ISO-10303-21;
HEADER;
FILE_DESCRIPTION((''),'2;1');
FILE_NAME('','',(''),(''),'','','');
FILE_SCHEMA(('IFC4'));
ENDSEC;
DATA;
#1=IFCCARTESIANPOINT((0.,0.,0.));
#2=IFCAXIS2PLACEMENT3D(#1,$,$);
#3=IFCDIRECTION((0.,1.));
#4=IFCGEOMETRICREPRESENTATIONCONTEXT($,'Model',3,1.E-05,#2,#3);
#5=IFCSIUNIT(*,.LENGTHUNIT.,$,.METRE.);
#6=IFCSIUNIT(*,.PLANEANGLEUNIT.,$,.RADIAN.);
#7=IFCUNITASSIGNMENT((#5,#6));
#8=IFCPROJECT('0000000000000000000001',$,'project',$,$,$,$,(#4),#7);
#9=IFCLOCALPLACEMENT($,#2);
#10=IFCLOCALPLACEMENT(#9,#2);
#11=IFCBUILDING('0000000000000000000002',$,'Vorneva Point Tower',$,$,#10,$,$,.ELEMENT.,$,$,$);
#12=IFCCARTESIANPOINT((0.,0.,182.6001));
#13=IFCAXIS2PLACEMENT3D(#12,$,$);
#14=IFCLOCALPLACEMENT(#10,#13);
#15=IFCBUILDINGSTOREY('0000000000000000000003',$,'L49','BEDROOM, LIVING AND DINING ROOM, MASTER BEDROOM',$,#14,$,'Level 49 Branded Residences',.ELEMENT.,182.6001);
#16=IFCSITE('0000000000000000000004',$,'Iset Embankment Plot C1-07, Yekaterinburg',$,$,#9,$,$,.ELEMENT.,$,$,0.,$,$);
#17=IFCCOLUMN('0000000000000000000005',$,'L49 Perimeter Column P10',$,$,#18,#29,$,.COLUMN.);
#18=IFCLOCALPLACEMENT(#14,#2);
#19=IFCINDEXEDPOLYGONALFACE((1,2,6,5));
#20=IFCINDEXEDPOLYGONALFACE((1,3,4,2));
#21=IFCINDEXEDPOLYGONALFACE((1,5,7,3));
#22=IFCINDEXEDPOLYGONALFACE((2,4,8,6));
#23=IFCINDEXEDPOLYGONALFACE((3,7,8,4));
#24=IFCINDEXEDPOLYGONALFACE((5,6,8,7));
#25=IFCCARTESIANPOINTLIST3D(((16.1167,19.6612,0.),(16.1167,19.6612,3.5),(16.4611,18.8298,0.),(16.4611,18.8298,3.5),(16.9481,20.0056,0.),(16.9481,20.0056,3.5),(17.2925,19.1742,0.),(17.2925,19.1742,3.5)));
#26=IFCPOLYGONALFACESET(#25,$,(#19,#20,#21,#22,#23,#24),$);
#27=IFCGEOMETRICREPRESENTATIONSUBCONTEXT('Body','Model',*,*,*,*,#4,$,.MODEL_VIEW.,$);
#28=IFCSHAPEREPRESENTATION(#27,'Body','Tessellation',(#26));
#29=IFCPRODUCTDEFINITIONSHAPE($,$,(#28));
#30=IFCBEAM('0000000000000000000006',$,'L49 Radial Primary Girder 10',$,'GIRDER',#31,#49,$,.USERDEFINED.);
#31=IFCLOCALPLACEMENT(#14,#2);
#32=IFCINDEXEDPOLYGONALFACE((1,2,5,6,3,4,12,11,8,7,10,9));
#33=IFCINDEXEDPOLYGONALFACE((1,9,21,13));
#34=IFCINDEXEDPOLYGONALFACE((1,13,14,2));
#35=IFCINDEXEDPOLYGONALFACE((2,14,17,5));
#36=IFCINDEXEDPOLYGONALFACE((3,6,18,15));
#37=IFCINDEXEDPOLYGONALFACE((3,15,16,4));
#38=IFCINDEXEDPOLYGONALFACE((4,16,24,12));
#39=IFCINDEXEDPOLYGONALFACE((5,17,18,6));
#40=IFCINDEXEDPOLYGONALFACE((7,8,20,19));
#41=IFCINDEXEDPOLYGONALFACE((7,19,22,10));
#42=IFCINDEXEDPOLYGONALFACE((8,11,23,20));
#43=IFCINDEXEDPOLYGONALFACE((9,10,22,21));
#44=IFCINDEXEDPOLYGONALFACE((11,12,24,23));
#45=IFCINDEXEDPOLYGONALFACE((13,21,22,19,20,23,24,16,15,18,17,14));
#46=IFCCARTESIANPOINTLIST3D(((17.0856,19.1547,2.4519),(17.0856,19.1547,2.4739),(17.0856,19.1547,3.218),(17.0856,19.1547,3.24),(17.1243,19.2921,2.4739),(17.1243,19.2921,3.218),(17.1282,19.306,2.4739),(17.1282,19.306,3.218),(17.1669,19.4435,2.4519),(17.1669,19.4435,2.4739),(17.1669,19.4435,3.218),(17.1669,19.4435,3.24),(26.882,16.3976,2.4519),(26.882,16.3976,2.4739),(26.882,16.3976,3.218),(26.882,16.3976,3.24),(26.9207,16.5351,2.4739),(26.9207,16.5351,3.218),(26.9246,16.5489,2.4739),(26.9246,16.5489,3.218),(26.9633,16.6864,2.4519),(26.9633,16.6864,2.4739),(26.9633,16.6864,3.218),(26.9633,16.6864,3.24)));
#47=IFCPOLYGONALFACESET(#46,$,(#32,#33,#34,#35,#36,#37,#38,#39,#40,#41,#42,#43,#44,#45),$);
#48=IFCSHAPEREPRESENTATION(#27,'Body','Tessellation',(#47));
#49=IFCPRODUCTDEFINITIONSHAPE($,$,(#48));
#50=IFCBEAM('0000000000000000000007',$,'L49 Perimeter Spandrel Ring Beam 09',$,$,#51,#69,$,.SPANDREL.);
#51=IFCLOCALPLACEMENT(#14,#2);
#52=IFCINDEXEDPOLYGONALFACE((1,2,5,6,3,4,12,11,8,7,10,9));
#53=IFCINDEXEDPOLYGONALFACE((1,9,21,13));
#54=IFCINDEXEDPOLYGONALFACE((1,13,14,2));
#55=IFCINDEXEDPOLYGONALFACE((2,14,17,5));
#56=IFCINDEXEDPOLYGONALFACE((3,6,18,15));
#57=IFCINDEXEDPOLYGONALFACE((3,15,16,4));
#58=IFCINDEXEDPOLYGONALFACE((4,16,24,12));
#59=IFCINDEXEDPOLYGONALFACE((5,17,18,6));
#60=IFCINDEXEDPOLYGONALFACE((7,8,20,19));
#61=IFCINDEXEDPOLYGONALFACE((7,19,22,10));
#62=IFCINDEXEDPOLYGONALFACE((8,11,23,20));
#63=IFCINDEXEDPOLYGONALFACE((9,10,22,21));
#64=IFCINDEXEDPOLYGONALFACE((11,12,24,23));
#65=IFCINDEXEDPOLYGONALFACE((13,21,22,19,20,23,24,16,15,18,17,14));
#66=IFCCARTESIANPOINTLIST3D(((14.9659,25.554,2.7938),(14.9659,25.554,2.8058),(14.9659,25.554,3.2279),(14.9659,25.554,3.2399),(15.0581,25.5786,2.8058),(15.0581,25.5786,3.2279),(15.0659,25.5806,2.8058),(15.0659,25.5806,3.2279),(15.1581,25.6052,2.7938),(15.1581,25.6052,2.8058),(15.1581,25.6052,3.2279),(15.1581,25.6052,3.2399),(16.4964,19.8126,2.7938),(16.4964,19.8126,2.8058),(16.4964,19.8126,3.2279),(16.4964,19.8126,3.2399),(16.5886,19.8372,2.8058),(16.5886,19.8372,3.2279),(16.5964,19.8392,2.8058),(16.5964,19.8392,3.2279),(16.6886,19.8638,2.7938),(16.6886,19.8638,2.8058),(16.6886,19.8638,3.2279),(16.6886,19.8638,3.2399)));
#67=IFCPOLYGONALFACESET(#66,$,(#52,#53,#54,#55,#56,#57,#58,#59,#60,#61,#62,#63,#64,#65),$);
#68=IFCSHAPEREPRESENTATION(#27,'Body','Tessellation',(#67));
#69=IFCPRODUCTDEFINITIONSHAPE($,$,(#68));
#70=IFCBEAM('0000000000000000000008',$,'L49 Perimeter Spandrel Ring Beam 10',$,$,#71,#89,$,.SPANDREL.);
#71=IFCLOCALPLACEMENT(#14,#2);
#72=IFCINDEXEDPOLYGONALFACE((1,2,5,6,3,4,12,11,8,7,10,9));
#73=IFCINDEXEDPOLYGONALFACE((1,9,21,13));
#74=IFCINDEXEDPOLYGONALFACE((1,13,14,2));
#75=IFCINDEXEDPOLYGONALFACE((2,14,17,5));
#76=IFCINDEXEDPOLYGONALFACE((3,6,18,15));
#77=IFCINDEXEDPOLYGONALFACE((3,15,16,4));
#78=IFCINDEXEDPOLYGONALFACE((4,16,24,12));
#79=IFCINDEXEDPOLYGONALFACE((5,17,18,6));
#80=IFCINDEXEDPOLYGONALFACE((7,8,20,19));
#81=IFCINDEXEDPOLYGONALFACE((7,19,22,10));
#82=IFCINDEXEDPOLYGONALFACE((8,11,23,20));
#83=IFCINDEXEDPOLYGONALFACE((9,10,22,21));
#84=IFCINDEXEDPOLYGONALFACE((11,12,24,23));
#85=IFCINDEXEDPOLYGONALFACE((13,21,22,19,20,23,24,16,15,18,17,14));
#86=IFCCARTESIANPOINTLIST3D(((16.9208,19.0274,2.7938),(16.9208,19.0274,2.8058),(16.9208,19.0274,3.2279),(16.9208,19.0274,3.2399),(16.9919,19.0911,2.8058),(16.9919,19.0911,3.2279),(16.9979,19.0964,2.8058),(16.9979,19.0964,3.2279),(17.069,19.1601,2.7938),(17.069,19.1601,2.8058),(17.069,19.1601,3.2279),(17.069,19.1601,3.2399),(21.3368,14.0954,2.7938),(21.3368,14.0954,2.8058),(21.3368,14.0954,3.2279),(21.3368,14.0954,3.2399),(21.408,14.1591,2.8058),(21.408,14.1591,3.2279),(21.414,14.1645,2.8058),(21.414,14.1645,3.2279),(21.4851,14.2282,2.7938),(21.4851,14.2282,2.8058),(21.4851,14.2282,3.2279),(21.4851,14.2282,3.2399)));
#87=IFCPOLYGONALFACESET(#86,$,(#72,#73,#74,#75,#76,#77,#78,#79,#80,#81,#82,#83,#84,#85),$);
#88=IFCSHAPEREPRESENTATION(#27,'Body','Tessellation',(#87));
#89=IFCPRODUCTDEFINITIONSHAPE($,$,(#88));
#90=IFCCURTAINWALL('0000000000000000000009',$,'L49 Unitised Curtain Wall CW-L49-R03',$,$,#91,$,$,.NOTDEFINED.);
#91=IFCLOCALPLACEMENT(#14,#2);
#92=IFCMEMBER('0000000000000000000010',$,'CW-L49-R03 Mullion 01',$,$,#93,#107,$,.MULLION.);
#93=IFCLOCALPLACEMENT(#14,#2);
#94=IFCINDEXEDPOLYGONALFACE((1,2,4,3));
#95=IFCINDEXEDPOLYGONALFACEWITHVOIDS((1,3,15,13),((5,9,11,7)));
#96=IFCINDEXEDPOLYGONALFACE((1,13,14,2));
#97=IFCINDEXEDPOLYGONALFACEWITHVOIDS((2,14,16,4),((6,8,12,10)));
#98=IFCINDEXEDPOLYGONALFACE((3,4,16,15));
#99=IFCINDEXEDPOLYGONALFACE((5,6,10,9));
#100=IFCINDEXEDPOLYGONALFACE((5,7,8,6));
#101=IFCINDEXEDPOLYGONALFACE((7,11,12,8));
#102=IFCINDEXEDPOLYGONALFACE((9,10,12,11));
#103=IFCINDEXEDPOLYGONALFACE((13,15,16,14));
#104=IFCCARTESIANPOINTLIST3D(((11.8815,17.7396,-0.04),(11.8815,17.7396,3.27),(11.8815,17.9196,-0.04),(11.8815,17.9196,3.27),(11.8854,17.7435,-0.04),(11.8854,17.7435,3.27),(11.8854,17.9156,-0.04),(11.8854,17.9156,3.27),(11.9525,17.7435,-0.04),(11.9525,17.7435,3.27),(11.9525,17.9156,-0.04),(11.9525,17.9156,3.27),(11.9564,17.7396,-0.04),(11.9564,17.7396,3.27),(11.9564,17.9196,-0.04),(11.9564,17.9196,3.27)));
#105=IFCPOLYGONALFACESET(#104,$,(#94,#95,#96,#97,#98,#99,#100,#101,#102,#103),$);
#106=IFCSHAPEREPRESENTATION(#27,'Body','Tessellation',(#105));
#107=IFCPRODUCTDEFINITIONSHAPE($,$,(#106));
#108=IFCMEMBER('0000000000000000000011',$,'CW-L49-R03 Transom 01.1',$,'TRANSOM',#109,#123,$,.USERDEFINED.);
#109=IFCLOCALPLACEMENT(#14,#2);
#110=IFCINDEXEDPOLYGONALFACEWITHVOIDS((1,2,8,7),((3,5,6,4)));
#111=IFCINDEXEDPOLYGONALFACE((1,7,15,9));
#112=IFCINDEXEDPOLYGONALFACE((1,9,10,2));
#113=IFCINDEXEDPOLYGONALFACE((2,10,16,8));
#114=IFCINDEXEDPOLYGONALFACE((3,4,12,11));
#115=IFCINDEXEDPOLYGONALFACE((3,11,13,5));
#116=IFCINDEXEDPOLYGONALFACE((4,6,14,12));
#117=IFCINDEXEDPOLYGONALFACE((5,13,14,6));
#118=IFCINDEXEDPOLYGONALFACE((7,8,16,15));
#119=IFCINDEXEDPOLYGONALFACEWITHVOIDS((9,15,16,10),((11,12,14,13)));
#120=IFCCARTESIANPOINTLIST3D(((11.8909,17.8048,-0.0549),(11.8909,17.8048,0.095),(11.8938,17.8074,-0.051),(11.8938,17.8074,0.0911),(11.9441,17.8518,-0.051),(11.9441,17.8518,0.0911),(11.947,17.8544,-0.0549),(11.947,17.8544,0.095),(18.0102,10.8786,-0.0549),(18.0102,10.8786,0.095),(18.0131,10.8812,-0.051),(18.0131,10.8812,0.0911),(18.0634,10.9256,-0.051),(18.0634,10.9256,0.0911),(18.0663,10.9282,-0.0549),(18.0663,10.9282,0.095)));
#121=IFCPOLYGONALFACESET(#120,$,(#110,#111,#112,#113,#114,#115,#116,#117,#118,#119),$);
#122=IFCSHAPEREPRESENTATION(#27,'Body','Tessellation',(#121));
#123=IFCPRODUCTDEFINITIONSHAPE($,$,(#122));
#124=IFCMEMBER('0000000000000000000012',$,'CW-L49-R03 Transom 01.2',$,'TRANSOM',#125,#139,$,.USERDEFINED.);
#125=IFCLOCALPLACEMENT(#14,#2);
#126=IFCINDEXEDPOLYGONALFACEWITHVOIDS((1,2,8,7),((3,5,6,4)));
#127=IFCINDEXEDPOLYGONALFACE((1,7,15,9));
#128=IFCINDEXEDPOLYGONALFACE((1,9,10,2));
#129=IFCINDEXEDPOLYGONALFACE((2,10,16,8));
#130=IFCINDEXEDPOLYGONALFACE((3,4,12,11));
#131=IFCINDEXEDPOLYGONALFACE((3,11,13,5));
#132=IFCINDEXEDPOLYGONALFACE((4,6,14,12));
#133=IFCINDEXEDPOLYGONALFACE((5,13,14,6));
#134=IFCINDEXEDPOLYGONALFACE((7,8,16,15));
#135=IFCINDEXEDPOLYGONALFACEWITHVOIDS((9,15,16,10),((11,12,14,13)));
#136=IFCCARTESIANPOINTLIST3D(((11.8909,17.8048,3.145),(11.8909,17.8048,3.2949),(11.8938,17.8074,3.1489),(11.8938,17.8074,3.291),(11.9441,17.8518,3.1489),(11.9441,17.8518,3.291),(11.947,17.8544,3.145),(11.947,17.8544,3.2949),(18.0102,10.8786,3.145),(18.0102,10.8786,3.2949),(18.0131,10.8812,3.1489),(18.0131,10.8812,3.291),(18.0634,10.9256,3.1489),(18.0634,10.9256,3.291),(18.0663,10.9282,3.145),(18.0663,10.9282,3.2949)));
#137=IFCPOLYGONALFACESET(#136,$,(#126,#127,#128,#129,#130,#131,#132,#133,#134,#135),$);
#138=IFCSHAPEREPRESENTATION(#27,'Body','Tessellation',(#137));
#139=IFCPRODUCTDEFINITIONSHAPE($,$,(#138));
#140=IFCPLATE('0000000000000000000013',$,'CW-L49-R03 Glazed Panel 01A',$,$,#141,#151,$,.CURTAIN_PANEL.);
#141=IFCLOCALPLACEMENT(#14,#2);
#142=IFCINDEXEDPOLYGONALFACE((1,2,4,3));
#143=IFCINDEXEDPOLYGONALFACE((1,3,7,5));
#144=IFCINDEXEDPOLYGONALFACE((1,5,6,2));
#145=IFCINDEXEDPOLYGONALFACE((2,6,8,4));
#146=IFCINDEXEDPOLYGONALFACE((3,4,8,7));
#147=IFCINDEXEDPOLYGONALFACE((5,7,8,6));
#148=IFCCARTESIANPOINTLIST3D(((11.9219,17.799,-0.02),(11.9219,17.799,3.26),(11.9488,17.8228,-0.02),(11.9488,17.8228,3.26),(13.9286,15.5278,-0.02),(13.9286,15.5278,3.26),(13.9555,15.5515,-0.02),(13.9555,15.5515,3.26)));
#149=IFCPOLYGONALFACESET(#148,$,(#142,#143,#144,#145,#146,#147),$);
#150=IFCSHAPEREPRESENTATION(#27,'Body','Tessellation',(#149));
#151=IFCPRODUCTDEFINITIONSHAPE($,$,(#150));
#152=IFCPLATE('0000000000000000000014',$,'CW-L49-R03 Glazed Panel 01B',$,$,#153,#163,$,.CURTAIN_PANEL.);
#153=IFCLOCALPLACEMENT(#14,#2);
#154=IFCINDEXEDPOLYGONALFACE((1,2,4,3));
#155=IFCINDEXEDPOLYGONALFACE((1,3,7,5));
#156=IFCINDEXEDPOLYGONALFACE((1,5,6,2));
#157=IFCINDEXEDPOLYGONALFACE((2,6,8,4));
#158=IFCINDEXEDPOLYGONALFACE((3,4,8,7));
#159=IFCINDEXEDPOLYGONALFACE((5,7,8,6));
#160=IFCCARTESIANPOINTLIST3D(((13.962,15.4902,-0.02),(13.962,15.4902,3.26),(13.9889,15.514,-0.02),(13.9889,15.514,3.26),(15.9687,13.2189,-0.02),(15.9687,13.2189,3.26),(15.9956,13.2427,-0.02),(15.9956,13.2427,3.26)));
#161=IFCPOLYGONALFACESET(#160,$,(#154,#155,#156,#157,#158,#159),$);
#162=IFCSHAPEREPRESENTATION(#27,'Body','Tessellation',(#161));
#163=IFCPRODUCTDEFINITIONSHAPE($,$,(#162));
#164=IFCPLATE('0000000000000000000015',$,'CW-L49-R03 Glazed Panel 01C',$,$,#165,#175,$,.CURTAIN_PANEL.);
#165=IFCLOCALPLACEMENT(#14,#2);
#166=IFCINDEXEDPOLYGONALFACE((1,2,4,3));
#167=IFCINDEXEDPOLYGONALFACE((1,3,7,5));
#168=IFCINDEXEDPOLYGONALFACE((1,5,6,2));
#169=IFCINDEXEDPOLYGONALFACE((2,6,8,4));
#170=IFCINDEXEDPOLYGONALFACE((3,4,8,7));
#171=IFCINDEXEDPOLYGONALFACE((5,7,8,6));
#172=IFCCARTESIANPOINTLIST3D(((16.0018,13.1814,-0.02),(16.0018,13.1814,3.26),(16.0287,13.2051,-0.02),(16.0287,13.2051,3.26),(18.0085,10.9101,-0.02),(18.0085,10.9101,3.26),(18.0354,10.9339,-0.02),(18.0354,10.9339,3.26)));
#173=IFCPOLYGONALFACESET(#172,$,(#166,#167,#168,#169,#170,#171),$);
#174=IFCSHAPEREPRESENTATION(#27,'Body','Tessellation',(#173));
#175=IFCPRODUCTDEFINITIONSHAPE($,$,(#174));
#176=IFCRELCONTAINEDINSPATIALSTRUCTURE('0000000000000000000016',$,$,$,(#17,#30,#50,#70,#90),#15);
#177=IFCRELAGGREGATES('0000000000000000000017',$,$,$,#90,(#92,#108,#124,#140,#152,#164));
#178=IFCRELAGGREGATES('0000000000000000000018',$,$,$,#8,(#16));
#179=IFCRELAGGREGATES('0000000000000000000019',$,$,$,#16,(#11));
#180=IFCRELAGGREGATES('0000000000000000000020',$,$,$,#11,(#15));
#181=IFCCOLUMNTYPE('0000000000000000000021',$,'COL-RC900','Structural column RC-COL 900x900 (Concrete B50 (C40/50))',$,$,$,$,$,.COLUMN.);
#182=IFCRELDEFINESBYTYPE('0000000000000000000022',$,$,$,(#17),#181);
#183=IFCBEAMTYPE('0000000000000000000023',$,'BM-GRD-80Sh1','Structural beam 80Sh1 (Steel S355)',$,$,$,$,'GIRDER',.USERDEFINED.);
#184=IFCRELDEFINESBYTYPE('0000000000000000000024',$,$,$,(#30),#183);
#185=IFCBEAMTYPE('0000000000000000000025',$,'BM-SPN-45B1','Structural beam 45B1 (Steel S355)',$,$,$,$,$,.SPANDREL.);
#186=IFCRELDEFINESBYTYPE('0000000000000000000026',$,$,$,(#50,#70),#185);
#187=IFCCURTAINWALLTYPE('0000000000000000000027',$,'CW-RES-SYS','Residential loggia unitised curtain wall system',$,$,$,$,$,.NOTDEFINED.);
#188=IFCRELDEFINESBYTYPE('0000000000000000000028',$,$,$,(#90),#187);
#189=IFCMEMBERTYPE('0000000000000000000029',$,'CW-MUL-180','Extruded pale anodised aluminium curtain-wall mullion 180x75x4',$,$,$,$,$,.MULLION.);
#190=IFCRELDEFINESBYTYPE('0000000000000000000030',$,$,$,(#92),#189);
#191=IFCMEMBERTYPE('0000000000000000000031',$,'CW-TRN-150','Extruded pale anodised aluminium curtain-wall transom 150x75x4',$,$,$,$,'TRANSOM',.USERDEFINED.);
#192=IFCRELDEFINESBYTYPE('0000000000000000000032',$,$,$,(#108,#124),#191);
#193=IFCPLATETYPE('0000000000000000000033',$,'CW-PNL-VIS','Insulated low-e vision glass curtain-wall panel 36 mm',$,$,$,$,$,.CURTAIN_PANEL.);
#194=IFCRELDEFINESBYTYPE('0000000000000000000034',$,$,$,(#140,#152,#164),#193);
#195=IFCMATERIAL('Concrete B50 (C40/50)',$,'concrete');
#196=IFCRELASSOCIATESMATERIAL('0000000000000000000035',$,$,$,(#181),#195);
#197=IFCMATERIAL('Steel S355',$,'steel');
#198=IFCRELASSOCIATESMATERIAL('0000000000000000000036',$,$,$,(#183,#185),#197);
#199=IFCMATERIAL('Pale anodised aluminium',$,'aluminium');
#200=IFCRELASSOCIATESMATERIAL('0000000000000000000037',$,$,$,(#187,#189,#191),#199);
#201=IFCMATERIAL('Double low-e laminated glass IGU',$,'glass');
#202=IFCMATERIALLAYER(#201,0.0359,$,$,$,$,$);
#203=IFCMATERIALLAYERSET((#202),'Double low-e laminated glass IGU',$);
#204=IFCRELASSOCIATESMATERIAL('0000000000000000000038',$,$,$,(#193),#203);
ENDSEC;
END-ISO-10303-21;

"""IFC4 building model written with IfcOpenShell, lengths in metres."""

from ifc_helpers import new_model, si_unit, direction, frame, origin, origin_2d, place, context, subcontext, project, spatial, rectangle, hollow_rectangle, i_section, extrude, material, layer, layer_set, material_profile, profile_set, type_object, element, aggregate, save


model = new_model("IFC4")

# Units and contexts
model_context = context("Model", 3, precision=1e-05, world=origin(), true_north=direction((0.0, 1.0)))
body_context = subcontext(model_context, "Body", "Model", "MODEL_VIEW")
ifc_project = project(units=[si_unit("LENGTHUNIT", "METRE"), si_unit("PLANEANGLEUNIT", "RADIAN")], contexts=[model_context])

# Site, building, storey
site_placement = place(None, origin())
site = spatial("IfcSite", under=ifc_project, at=site_placement, Name="Iset Embankment Plot C1-07, Yekaterinburg", CompositionType="ELEMENT", RefElevation=0.0)
building_placement = place(site_placement, origin())
building = spatial("IfcBuilding", under=site, at=building_placement, Name="Vorneva Point Tower", CompositionType="ELEMENT")
storey_placement = place(building_placement, frame((0.0, 0.0, 182.6001)))
storey = spatial("IfcBuildingStorey", under=building, at=storey_placement, Name="L49", Description="BEDROOM, LIVING AND DINING ROOM, MASTER BEDROOM", LongName="Level 49 Branded Residences", CompositionType="ELEMENT", Elevation=182.6001)

# Column
ifc_material_1 = material(Name="Concrete B50 (C40/50)", Category="concrete")
ifc_material_profile_1 = material_profile(ifc_material_1, rectangle(XDim=0.8999, YDim=0.8999, at=origin_2d()), Name="RC-COL 900x900")
ifc_profile_set_1 = profile_set([ifc_material_profile_1], Name="Concrete B50 (C40/50)")
column_type = type_object("IfcColumnType", Name="COL-RC900", Description="Structural column RC-COL 900x900 (Concrete B50 (C40/50))", PredefinedType="COLUMN", material=ifc_profile_set_1)
column_placement = place(storey_placement, frame((16.7046, 19.4177, 0.0), z_axis=(0.0, 0.0, 1.0), x_axis=(-0.92388, -0.382683, 0.0)))
element("IfcColumn", 1, at=column_placement, inside=storey, type_object=column_type, Name="L49 Perimeter Column P10", PredefinedType="COLUMN", context=body_context, shape_type="SweptSolid", body=[
    extrude(rectangle(XDim=0.8999, YDim=0.8999, at=origin_2d()), origin(), (0.0, 0.0, 1.0), 3.5),
])

# Beams
ifc_material_2 = material(Name="Steel S355", Category="steel")
ifc_material_profile_2 = material_profile(ifc_material_2, i_section(OverallWidth=0.3, OverallDepth=0.7881, WebThickness=0.0144, FlangeThickness=0.022, at=origin_2d()), Name="80Sh1")
ifc_profile_set_2 = profile_set([ifc_material_profile_2], Name="Steel S355")
beam_type_1 = type_object("IfcBeamType", Name="BM-GRD-80Sh1", Description="Structural beam 80Sh1 (Steel S355)", ElementType="GIRDER", PredefinedType="USERDEFINED", material=ifc_profile_set_2)
beam_1_placement = place(storey_placement, frame((17.1262, 19.2991, 2.8459), z_axis=(0.962604, -0.270914, 0.0), x_axis=(0.270914, 0.962604, 0.0)))
element("IfcBeam", 2, at=beam_1_placement, inside=storey, type_object=beam_type_1, Name="L49 Radial Primary Girder 10", ObjectType="GIRDER", PredefinedType="USERDEFINED", context=body_context, shape_type="SweptSolid", body=[
    extrude(i_section(OverallWidth=0.3, OverallDepth=0.7881, WebThickness=0.0144, FlangeThickness=0.022, at=origin_2d()), origin(), (0.0, 0.0, 1.0), 10.177),
])
ifc_material_profile_3 = material_profile(ifc_material_2, i_section(OverallWidth=0.199, OverallDepth=0.446, WebThickness=0.0081, FlangeThickness=0.012, at=origin_2d()), Name="45B1")
ifc_profile_set_3 = profile_set([ifc_material_profile_3], Name="Steel S355")
beam_type_2 = type_object("IfcBeamType", Name="BM-SPN-45B1", Description="Structural beam 45B1 (Steel S355)", PredefinedType="SPANDREL", material=ifc_profile_set_3)
beam_2_placement = place(storey_placement, frame((15.062, 25.5796, 3.0168), z_axis=(0.257578, -0.966257, 0.0), x_axis=(0.966257, 0.257578, 0.0)))
element("IfcBeam", 3, at=beam_2_placement, inside=storey, type_object=beam_type_2, Name="L49 Perimeter Spandrel Ring Beam 09", PredefinedType="SPANDREL", context=body_context, shape_type="SweptSolid", body=[
    extrude(i_section(OverallWidth=0.199, OverallDepth=0.446, WebThickness=0.0081, FlangeThickness=0.012, at=origin_2d()), origin(), (0.0, 0.0, 1.0), 5.9419),
])
beam_3_placement = place(storey_placement, frame((16.9949, 19.0938, 3.0168), z_axis=(0.66707, -0.744995, 0.0), x_axis=(0.744995, 0.66707, 0.0)))
element("IfcBeam", 4, at=beam_3_placement, inside=storey, type_object=beam_type_2, Name="L49 Perimeter Spandrel Ring Beam 10", PredefinedType="SPANDREL", context=body_context, shape_type="SweptSolid", body=[
    extrude(i_section(OverallWidth=0.199, OverallDepth=0.446, WebThickness=0.0081, FlangeThickness=0.012, at=origin_2d()), origin(), (0.0, 0.0, 1.0), 6.6201),
])

# Curtain wall, members, plates
ifc_material_3 = material(Name="Pale anodised aluminium", Category="aluminium")
curtain_wall_type = type_object("IfcCurtainWallType", Name="CW-RES-SYS", Description="Residential loggia unitised curtain wall system", PredefinedType="NOTDEFINED", material=ifc_material_3)
curtain_wall_placement = place(storey_placement, origin())
curtain_wall = element("IfcCurtainWall", 5, at=curtain_wall_placement, inside=storey, type_object=curtain_wall_type, Name="L49 Unitised Curtain Wall CW-L49-R03", PredefinedType="NOTDEFINED")
ifc_material_profile_4 = material_profile(ifc_material_3, hollow_rectangle(XDim=0.075, YDim=0.1799, WallThickness=0.0039, at=origin_2d()), Name="AL-MUL 180x75x4")
ifc_profile_set_4 = profile_set([ifc_material_profile_4], Name="Pale anodised aluminium")
member_type_1 = type_object("IfcMemberType", Name="CW-MUL-180", Description="Extruded pale anodised aluminium curtain-wall mullion 180x75x4", PredefinedType="MULLION", material=ifc_profile_set_4)
member_1_placement = place(storey_placement, frame((11.9189, 17.8296, -0.04), z_axis=(0.0, 0.0, 1.0), x_axis=(1.0, 0.0, 0.0)))
member_1 = element("IfcMember", 6, at=member_1_placement, type_object=member_type_1, Name="CW-L49-R03 Mullion 01", PredefinedType="MULLION", context=body_context, shape_type="SweptSolid", body=[
    extrude(hollow_rectangle(XDim=0.075, YDim=0.1799, WallThickness=0.0039, at=origin_2d()), origin(), (0.0, 0.0, 1.0), 3.3101),
])
ifc_material_profile_5 = material_profile(ifc_material_3, hollow_rectangle(XDim=0.075, YDim=0.1499, WallThickness=0.0039, at=origin_2d()), Name="AL-TRN 150x75x4")
ifc_profile_set_5 = profile_set([ifc_material_profile_5], Name="Pale anodised aluminium")
member_type_2 = type_object("IfcMemberType", Name="CW-TRN-150", Description="Extruded pale anodised aluminium curtain-wall transom 150x75x4", ElementType="TRANSOM", PredefinedType="USERDEFINED", material=ifc_profile_set_5)
member_2_placement = place(storey_placement, frame((11.9189, 17.8296, 0.02), z_axis=(0.662106, -0.74941, 0.0), x_axis=(0.74941, 0.662106, 0.0)))
member_2 = element("IfcMember", 7, at=member_2_placement, type_object=member_type_2, Name="CW-L49-R03 Transom 01.1", ObjectType="TRANSOM", PredefinedType="USERDEFINED", context=body_context, shape_type="SweptSolid", body=[
    extrude(hollow_rectangle(XDim=0.075, YDim=0.1499, WallThickness=0.0039, at=origin_2d()), origin(), (0.0, 0.0, 1.0), 9.2422),
])
member_3_placement = place(storey_placement, frame((11.9189, 17.8296, 3.22), z_axis=(0.662106, -0.74941, 0.0), x_axis=(0.74941, 0.662106, 0.0)))
member_3 = element("IfcMember", 8, at=member_3_placement, type_object=member_type_2, Name="CW-L49-R03 Transom 01.2", ObjectType="TRANSOM", PredefinedType="USERDEFINED", context=body_context, shape_type="SweptSolid", body=[
    extrude(hollow_rectangle(XDim=0.075, YDim=0.1499, WallThickness=0.0039, at=origin_2d()), origin(), (0.0, 0.0, 1.0), 9.2422),
])
ifc_material_4 = material(Name="Double low-e laminated glass IGU", Category="glass")
ifc_layer_1 = layer(ifc_material_4, 0.0359)
ifc_layer_set_1 = layer_set([ifc_layer_1], Name="Double low-e laminated glass IGU")
plate_type = type_object("IfcPlateType", Name="CW-PNL-VIS", Description="Insulated low-e vision glass curtain-wall panel 36 mm", PredefinedType="CURTAIN_PANEL", material=ifc_layer_set_1)
plate_1_placement = place(storey_placement, frame((12.9387, 16.6753, -0.02), z_axis=(0.0, 0.0, 1.0), x_axis=(0.66211, -0.749407, 0.0)))
plate_1 = element("IfcPlate", 9, at=plate_1_placement, type_object=plate_type, Name="CW-L49-R03 Glazed Panel 01A", PredefinedType="CURTAIN_PANEL", context=body_context, shape_type="SweptSolid", body=[
    extrude(rectangle(XDim=3.0308, YDim=0.0359, at=origin_2d()), origin(), (0.0, 0.0, 1.0), 3.28),
])
plate_2_placement = place(storey_placement, frame((14.9788, 14.3665, -0.02), z_axis=(0.0, 0.0, 1.0), x_axis=(0.66211, -0.749407, 0.0)))
plate_2 = element("IfcPlate", 10, at=plate_2_placement, type_object=plate_type, Name="CW-L49-R03 Glazed Panel 01B", PredefinedType="CURTAIN_PANEL", context=body_context, shape_type="SweptSolid", body=[
    extrude(rectangle(XDim=3.0308, YDim=0.0359, at=origin_2d()), origin(), (0.0, 0.0, 1.0), 3.28),
])
plate_3_placement = place(storey_placement, frame((17.0186, 12.0576, -0.02), z_axis=(0.0, 0.0, 1.0), x_axis=(0.66211, -0.749407, 0.0)))
plate_3 = element("IfcPlate", 11, at=plate_3_placement, type_object=plate_type, Name="CW-L49-R03 Glazed Panel 01C", PredefinedType="CURTAIN_PANEL", context=body_context, shape_type="SweptSolid", body=[
    extrude(rectangle(XDim=3.0308, YDim=0.0359, at=origin_2d()), origin(), (0.0, 0.0, 1.0), 3.28),
])
aggregate(curtain_wall, [member_1, member_2, member_3, plate_1, plate_2, plate_3])

save(model, "model.ifc")
